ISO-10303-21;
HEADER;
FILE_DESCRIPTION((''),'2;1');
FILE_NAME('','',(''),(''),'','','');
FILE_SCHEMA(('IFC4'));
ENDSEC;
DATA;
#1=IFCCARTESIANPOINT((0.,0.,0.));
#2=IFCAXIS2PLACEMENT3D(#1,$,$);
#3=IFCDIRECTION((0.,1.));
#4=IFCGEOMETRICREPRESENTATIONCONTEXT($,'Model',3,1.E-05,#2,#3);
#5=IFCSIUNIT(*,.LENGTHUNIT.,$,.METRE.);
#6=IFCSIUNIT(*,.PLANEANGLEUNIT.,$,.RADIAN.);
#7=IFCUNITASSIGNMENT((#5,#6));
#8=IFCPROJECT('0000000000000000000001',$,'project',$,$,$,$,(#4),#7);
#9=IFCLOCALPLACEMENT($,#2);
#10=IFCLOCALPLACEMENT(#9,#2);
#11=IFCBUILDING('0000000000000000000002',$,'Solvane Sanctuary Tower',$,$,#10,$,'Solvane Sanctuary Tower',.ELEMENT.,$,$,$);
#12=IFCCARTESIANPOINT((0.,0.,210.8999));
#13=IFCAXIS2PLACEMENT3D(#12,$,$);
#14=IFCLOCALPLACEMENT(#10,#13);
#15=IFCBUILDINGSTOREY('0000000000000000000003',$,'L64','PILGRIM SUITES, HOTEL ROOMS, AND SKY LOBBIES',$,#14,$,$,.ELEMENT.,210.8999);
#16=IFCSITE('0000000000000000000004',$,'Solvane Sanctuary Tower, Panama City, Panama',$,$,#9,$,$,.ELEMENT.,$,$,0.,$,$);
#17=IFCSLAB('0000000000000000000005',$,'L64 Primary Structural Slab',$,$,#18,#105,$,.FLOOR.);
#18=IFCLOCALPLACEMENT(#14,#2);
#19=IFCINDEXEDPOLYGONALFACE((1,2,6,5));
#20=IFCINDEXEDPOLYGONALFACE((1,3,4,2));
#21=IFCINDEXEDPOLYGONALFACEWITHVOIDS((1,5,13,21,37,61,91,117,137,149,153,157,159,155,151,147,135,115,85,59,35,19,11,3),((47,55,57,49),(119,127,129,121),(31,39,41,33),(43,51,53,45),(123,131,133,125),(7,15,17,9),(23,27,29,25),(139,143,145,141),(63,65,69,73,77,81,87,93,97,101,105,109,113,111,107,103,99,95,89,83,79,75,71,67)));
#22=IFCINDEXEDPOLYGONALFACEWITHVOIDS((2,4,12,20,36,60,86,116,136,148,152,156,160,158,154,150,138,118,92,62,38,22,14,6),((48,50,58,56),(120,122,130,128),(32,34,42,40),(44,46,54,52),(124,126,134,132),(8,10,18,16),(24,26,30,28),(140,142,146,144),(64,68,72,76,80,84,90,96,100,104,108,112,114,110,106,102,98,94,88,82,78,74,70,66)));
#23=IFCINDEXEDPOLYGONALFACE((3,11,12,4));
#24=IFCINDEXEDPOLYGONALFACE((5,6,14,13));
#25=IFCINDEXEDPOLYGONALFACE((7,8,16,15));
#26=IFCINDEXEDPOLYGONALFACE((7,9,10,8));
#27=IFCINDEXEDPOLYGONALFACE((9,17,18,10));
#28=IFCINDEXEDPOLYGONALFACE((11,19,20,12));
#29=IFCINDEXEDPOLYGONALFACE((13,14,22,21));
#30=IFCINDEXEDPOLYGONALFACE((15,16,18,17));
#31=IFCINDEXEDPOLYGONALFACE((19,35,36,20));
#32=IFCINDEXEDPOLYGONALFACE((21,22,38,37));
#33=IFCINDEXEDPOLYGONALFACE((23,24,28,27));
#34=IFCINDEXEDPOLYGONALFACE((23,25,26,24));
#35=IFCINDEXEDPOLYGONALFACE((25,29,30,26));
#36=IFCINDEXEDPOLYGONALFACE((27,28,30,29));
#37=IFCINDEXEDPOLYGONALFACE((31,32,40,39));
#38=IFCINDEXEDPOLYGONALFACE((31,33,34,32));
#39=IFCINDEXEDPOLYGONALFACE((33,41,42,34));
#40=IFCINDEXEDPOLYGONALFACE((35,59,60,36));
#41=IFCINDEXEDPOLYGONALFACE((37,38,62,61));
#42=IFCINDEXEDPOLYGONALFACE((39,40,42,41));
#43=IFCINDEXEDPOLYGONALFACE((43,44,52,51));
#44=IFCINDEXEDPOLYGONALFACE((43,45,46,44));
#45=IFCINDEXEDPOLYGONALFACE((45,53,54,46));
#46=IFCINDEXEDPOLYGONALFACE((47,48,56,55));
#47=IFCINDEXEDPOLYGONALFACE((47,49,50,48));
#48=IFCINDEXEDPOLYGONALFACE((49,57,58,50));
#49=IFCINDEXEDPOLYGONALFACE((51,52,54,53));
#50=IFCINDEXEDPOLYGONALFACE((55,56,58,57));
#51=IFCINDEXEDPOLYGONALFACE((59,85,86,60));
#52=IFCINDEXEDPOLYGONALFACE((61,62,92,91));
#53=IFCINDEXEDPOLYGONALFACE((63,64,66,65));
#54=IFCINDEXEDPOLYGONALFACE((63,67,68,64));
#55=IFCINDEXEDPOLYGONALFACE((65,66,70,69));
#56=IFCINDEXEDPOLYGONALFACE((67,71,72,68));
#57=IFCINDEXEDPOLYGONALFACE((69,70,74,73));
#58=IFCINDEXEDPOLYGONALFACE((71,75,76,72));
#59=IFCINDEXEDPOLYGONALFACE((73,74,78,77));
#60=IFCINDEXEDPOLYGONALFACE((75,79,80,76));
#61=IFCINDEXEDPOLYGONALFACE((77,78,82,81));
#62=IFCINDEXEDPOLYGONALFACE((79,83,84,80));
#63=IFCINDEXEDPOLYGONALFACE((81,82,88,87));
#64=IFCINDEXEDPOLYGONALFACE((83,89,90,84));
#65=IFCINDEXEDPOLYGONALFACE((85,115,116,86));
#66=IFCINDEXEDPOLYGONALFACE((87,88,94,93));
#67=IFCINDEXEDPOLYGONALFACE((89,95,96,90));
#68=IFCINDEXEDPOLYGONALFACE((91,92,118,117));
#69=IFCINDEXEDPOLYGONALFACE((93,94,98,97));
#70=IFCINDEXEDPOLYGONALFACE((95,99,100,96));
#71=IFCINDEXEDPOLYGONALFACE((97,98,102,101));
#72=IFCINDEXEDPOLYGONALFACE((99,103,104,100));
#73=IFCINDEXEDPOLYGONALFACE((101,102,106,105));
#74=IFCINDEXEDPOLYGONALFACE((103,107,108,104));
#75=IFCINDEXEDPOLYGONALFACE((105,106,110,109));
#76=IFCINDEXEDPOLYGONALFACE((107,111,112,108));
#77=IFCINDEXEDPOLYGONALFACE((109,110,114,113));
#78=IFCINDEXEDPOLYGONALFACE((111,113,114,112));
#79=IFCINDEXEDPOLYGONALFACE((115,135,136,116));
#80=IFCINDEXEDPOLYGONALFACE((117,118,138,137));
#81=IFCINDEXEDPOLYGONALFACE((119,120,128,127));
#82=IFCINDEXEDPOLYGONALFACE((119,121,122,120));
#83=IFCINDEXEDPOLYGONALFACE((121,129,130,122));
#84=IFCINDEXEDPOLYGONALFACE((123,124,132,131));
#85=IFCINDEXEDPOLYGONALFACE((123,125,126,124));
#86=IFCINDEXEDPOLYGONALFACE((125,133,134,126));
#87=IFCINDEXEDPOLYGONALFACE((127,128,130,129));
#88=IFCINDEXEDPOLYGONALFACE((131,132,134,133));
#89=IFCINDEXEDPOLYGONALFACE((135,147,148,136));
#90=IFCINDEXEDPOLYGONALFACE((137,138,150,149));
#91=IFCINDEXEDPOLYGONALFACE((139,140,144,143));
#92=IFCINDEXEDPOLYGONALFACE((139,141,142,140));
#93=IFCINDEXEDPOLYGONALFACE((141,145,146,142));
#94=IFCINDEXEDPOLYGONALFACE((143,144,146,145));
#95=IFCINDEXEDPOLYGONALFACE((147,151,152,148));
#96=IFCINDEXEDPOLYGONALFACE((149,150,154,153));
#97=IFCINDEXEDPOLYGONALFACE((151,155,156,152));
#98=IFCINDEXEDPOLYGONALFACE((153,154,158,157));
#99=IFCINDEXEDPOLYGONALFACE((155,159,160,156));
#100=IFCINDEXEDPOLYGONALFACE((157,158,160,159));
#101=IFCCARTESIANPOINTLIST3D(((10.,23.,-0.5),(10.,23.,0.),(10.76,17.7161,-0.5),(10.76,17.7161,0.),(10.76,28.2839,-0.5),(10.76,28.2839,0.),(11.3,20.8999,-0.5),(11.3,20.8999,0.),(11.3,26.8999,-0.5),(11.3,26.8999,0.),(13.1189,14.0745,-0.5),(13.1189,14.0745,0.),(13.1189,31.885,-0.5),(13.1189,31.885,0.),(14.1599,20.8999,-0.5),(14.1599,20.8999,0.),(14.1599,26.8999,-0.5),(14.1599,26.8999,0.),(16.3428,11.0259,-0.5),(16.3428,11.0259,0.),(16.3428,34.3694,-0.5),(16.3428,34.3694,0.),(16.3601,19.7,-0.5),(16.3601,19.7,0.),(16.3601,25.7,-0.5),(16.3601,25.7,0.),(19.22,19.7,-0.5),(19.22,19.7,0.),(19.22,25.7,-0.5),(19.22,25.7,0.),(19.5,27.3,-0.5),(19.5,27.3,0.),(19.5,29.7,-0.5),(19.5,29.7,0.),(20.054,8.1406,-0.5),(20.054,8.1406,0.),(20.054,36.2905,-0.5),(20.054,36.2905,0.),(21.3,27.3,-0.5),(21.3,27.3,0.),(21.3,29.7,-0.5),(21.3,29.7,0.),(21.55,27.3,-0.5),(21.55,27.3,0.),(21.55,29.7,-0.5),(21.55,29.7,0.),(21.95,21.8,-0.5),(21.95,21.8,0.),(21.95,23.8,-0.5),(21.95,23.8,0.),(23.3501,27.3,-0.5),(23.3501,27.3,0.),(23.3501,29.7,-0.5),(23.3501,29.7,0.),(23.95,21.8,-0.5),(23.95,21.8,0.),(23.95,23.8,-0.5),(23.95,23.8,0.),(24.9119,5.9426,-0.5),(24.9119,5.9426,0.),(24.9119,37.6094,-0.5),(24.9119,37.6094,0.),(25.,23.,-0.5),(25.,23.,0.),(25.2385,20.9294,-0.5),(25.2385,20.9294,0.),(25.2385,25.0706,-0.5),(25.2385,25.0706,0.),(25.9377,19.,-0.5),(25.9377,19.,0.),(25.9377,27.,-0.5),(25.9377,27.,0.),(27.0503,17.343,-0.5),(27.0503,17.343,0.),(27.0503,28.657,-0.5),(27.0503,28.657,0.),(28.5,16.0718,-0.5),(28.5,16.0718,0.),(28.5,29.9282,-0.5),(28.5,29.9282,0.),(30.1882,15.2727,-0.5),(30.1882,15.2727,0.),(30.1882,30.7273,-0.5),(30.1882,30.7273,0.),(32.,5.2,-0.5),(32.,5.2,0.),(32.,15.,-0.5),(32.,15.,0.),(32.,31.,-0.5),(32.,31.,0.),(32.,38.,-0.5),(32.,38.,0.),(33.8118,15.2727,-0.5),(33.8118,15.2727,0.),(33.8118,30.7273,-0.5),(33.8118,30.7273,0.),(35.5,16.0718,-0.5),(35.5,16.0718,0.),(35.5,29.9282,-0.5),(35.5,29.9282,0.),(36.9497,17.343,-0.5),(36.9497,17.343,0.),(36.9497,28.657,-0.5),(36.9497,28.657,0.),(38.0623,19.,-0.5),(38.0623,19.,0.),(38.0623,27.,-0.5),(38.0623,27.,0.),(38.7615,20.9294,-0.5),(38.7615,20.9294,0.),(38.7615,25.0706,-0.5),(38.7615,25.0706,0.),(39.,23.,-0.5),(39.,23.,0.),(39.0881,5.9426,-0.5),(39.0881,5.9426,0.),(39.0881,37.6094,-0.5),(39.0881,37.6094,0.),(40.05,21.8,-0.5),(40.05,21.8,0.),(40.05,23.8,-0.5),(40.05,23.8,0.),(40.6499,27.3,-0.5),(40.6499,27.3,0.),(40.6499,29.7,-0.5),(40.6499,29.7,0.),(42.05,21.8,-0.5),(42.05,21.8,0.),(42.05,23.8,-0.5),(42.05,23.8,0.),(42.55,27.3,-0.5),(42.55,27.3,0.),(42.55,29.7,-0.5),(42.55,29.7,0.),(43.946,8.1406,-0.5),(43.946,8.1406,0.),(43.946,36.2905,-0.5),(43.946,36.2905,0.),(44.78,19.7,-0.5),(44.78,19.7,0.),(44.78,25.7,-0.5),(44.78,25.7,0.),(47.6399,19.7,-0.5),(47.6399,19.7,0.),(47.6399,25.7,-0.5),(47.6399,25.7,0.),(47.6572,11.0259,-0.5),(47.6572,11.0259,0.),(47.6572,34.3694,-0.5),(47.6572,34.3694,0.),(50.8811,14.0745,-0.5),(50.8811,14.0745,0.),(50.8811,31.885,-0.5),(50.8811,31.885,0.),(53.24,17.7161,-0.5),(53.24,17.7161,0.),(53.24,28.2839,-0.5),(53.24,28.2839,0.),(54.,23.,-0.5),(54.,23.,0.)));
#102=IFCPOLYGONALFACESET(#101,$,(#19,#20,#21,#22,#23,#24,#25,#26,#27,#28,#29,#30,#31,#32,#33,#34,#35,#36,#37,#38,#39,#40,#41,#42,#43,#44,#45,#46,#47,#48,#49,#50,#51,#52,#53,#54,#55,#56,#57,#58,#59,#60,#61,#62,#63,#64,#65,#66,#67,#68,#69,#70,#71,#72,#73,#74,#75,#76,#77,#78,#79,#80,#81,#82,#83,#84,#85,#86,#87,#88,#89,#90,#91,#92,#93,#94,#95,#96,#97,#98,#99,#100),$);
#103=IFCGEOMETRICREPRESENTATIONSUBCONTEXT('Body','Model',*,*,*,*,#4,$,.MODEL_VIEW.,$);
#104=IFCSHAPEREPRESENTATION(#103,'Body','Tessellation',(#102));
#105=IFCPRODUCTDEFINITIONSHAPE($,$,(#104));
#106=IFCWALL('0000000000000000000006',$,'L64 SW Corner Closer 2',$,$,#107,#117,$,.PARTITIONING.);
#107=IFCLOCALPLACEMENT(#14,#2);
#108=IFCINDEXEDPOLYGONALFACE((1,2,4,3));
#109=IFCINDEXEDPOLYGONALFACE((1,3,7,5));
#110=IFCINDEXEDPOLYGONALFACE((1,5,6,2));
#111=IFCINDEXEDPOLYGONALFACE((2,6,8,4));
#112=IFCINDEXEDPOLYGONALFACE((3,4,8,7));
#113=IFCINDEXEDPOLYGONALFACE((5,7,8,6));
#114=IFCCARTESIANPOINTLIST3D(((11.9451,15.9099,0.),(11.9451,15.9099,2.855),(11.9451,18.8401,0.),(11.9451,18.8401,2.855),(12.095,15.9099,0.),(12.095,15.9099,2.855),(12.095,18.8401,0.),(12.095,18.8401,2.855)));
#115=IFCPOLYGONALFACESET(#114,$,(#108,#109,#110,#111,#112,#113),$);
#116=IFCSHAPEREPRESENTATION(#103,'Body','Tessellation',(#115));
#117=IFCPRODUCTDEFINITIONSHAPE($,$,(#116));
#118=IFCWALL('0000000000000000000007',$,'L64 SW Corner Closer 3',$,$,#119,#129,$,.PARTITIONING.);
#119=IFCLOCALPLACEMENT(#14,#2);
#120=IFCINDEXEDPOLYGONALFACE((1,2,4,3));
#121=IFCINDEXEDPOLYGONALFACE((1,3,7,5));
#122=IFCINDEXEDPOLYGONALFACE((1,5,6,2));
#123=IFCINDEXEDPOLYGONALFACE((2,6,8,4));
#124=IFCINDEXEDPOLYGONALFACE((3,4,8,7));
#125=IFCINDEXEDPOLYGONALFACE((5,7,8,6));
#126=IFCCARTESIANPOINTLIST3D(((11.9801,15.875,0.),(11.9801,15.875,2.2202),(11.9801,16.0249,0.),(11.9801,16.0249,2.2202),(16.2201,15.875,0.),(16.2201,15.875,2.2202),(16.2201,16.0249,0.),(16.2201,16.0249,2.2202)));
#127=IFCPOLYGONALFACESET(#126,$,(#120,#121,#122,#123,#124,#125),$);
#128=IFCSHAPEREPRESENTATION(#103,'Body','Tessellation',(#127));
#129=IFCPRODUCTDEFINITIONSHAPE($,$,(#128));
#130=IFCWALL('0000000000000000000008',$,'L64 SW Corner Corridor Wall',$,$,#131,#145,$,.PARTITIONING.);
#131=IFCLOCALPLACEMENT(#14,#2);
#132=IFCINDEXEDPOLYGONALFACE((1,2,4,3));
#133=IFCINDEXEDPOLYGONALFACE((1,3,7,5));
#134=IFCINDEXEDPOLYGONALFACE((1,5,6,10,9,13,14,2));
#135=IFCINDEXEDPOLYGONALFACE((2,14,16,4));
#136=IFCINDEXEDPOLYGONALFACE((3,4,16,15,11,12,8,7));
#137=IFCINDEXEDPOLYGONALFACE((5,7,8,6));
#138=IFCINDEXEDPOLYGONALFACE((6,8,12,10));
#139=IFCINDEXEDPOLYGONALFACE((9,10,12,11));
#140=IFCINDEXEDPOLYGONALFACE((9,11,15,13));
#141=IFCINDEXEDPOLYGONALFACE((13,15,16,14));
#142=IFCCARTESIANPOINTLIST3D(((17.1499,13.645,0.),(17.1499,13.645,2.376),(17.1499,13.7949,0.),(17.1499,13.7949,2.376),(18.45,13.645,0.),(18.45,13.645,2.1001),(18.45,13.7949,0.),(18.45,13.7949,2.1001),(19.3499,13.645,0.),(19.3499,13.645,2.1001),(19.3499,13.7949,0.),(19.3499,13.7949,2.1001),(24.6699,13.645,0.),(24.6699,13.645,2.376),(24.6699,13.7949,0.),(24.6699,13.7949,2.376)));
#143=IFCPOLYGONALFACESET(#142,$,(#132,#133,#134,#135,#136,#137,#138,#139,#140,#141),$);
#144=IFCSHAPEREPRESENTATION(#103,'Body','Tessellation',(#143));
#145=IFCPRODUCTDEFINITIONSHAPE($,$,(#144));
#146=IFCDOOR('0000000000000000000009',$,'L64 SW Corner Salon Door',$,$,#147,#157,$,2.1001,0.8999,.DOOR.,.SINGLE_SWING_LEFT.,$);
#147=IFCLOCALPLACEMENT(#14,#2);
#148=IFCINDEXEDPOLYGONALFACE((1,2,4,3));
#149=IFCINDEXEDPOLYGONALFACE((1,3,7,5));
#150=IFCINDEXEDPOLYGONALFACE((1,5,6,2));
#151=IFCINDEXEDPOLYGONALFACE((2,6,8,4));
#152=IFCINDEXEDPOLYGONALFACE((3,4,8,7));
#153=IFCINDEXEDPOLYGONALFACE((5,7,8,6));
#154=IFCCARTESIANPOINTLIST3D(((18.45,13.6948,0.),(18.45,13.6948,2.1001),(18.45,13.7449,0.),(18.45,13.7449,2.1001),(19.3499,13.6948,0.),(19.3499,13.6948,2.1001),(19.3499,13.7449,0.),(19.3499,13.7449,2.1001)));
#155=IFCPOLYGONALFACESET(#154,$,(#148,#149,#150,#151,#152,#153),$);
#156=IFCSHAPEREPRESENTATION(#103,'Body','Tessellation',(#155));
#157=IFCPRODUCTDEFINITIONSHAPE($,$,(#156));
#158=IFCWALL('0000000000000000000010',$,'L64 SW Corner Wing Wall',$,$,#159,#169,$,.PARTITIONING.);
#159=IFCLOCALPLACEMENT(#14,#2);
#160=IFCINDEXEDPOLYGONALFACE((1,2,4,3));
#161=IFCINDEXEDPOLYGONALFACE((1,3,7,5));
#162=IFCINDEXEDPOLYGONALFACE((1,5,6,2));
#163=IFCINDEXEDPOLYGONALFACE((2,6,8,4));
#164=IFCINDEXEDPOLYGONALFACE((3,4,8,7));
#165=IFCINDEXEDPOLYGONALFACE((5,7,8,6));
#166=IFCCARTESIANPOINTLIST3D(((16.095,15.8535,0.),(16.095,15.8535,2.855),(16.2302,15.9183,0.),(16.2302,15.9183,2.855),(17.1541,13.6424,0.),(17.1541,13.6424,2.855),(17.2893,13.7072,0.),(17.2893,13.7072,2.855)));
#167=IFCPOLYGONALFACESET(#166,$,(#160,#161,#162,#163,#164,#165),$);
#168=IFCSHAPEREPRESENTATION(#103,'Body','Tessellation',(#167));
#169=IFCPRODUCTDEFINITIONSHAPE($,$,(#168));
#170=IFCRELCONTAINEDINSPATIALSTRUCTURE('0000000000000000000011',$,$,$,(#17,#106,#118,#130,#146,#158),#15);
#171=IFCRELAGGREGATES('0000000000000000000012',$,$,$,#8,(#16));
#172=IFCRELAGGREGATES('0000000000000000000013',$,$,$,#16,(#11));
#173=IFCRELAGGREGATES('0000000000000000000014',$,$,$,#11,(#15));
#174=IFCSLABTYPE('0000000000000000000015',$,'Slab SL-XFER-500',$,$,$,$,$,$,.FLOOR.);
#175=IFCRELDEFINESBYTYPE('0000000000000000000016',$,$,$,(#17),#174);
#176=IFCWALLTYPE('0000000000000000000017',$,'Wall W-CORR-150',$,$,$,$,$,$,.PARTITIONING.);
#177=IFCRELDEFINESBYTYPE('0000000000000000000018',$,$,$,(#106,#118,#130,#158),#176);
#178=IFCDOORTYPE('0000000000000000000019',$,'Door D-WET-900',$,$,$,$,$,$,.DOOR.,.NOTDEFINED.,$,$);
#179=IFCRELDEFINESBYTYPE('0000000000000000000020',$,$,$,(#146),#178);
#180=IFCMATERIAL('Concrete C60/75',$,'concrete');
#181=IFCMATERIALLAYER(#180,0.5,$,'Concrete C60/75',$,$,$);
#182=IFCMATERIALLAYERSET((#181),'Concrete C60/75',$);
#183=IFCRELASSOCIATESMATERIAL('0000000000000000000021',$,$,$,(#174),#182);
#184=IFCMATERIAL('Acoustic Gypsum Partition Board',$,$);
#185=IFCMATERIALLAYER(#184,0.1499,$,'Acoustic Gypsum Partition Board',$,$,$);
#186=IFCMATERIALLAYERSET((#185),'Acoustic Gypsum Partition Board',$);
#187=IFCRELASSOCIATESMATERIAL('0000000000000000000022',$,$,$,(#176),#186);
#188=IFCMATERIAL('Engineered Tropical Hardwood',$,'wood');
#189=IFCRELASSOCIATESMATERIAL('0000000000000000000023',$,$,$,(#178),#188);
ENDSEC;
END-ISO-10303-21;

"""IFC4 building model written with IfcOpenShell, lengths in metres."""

from ifc_helpers import new_model, si_unit, direction, frame, frame_2d, origin, place, context, subcontext, project, spatial, polyline, rectangle, outline, extrude, material, layer, layer_set, type_object, element, fill, save


model = new_model("IFC4")

# Units and contexts
model_context = context("Model", 3, precision=1e-05, world=origin(), true_north=direction((0.0, 1.0)))
body_context = subcontext(model_context, "Body", "Model", "MODEL_VIEW")
ifc_project = project(units=[si_unit("LENGTHUNIT", "METRE"), si_unit("PLANEANGLEUNIT", "RADIAN")], contexts=[model_context])

# Site, building, storey
site_placement = place(None, origin())
site = spatial("IfcSite", under=ifc_project, at=site_placement, Name="Solvane Sanctuary Tower, Panama City, Panama", CompositionType="ELEMENT", RefElevation=0.0)
building_placement = place(site_placement, origin())
building = spatial("IfcBuilding", under=site, at=building_placement, Name="Solvane Sanctuary Tower", LongName="Solvane Sanctuary Tower", CompositionType="ELEMENT")
storey_placement = place(building_placement, frame((0.0, 0.0, 210.8999)))
storey = spatial("IfcBuildingStorey", under=building, at=storey_placement, Name="L64", Description="PILGRIM SUITES, HOTEL ROOMS, AND SKY LOBBIES", CompositionType="ELEMENT", Elevation=210.8999)

# Slab
ifc_material_1 = material(Name="Concrete C60/75", Category="concrete")
ifc_layer_1 = layer(ifc_material_1, 0.5, Name="Concrete C60/75")
ifc_layer_set_1 = layer_set([ifc_layer_1], Name="Concrete C60/75")
slab_type_1 = type_object("IfcSlabType", Name="Slab SL-XFER-500", PredefinedType="FLOOR", material=ifc_layer_set_1)
slab_1_placement = place(storey_placement, frame((0.0, 0.0, -0.5)))
element("IfcSlab", 1, at=slab_1_placement, inside=storey, type_object=slab_type_1, Name="L64 Primary Structural Slab", PredefinedType="FLOOR", context=body_context, shape_type="SweptSolid", body=[
    extrude(outline(polyline([(54.0, 23.0), (53.24, 28.2839), (50.8811, 31.885), (47.6572, 34.3694), (43.946, 36.2905), (39.0881, 37.6094), (32.0, 38.0), (24.9119, 37.6094), (20.054, 36.2905), (16.3428, 34.3694), (13.1189, 31.885), (10.76, 28.2839), (10.0, 23.0), (10.76, 17.7161), (13.1189, 14.0745), (16.3428, 11.0259), (20.054, 8.1406), (24.9119, 5.9426), (32.0, 5.2), (39.0881, 5.9426), (43.946, 8.1406), (47.6572, 11.0259), (50.8811, 14.0745), (53.24, 17.7161), (54.0, 23.0)]), holes=[polyline([(38.7615, 20.9294), (38.0623, 19.0), (36.9497, 17.343), (35.5, 16.0718), (33.8118, 15.2727), (32.0, 15.0), (30.1882, 15.2727), (28.5, 16.0718), (27.0503, 17.343), (25.9377, 19.0), (25.2385, 20.9294), (25.0, 23.0), (25.2385, 25.0706), (25.9377, 27.0), (27.0503, 28.657), (28.5, 29.9282), (30.1882, 30.7273), (32.0, 31.0), (33.8118, 30.7273), (35.5, 29.9282), (36.9497, 28.657), (38.0623, 27.0), (38.7615, 25.0706), (39.0, 23.0), (38.7615, 20.9294)]), polyline([(16.3601, 19.7), (16.3601, 25.7), (19.22, 25.7), (19.22, 19.7), (16.3601, 19.7)]), polyline([(44.78, 19.7), (44.78, 25.7), (47.6399, 25.7), (47.6399, 19.7), (44.78, 19.7)]), polyline([(11.3, 20.8999), (11.3, 26.8999), (14.1599, 26.8999), (14.1599, 20.8999), (11.3, 20.8999)]), polyline([(21.95, 23.8), (23.95, 23.8), (23.95, 21.8), (21.95, 21.8), (21.95, 23.8)]), polyline([(40.05, 23.8), (42.05, 23.8), (42.05, 21.8), (40.05, 21.8), (40.05, 23.8)]), polyline([(19.5, 29.7), (21.3, 29.7), (21.3, 27.3), (19.5, 27.3), (19.5, 29.7)]), polyline([(21.55, 29.7), (23.3501, 29.7), (23.3501, 27.3), (21.55, 27.3), (21.55, 29.7)]), polyline([(40.6499, 29.7), (42.55, 29.7), (42.55, 27.3), (40.6499, 27.3), (40.6499, 29.7)])]), origin(), (0.0, 0.0, 1.0), 0.5),
])

# Walls
ifc_material_2 = material(Name="Acoustic Gypsum Partition Board")
ifc_layer_2 = layer(ifc_material_2, 0.1499, Name="Acoustic Gypsum Partition Board")
ifc_layer_set_2 = layer_set([ifc_layer_2], Name="Acoustic Gypsum Partition Board")
wall_type_1 = type_object("IfcWallType", Name="Wall W-CORR-150", PredefinedType="PARTITIONING", material=ifc_layer_set_2)
wall_1_placement = place(storey_placement, frame((12.02, 15.9099, 0.0), z_axis=(0.0, 0.0, 1.0), x_axis=(0.0, 1.0, 0.0)))
element("IfcWall", 2, at=wall_1_placement, inside=storey, type_object=wall_type_1, Name="L64 SW Corner Closer 2", PredefinedType="PARTITIONING", context=body_context, shape_type="SweptSolid", body=[
    extrude(rectangle(XDim=2.9302, YDim=0.1499, at=frame_2d((1.4651, 0.0))), origin(), (0.0, 0.0, 1.0), 2.855),
])
wall_2_placement = place(storey_placement, frame((11.98, 15.95, 0.0), z_axis=(0.0, 0.0, 1.0), x_axis=(1.0, 0.0, 0.0)))
element("IfcWall", 3, at=wall_2_placement, inside=storey, type_object=wall_type_1, Name="L64 SW Corner Closer 3", PredefinedType="PARTITIONING", context=body_context, shape_type="SweptSolid", body=[
    extrude(rectangle(XDim=4.24, YDim=0.1499, at=frame_2d((2.1201, 0.0))), origin(), (0.0, 0.0, 1.0), 2.2202),
])

# Wall, opening, door
wall_3_placement = place(storey_placement, frame((17.1499, 13.72, 0.0), z_axis=(0.0, 0.0, 1.0), x_axis=(1.0, 0.0, 0.0)))
wall_3 = element("IfcWall", 4, at=wall_3_placement, inside=storey, type_object=wall_type_1, Name="L64 SW Corner Corridor Wall", PredefinedType="PARTITIONING", context=body_context, shape_type="SweptSolid", body=[
    extrude(rectangle(XDim=7.52, YDim=0.1499, at=frame_2d((3.76, 0.0))), origin(), (0.0, 0.0, 1.0), 2.376),
])
opening_1_placement = place(wall_3_placement, frame((1.3, 0.0, 0.0)))
opening_1 = element("IfcOpeningElement", 5, at=opening_1_placement, cuts=wall_3, PredefinedType="OPENING", context=body_context, shape_type="SweptSolid", body=[
    extrude(rectangle(XDim=0.8999, YDim=2.1001, at=frame_2d((0.45, 1.05))), frame((0.0, 0.085, 0.0), z_axis=(0.0, -1.0, 0.0), x_axis=(1.0, 0.0, 0.0)), (0.0, 0.0, 1.0), 0.1699),
])
ifc_material_3 = material(Name="Engineered Tropical Hardwood", Category="wood")
door_type = type_object("IfcDoorType", Name="Door D-WET-900", OperationType="NOTDEFINED", PredefinedType="DOOR", material=ifc_material_3)
door_placement = place(opening_1_placement, origin())
door = element("IfcDoor", 6, at=door_placement, inside=storey, type_object=door_type, Name="L64 SW Corner Salon Door", OperationType="SINGLE_SWING_LEFT", OverallHeight=2.1001, OverallWidth=0.8999, PredefinedType="DOOR", context=body_context, shape_type="SweptSolid", body=[
    extrude(rectangle(XDim=0.8999, YDim=2.1001, at=frame_2d((0.45, 1.05))), frame((0.0, 0.0249, 0.0), z_axis=(0.0, -1.0, 0.0), x_axis=(1.0, 0.0, 0.0)), (0.0, 0.0, 1.0), 0.05),
])
fill(opening_1, door)

# Wall
wall_4_placement = place(storey_placement, frame((17.2217, 13.6748, 0.0), z_axis=(0.0, 0.0, 1.0), x_axis=(-0.431973, 0.901886, 0.0)))
element("IfcWall", 7, at=wall_4_placement, inside=storey, type_object=wall_type_1, Name="L64 SW Corner Wing Wall", PredefinedType="PARTITIONING", context=body_context, shape_type="SweptSolid", body=[
    extrude(rectangle(XDim=2.4517, YDim=0.1499, at=frame_2d((1.2258, 0.0))), origin(), (0.0, 0.0, 1.0), 2.855),
])

save(model, "model.ifc")
